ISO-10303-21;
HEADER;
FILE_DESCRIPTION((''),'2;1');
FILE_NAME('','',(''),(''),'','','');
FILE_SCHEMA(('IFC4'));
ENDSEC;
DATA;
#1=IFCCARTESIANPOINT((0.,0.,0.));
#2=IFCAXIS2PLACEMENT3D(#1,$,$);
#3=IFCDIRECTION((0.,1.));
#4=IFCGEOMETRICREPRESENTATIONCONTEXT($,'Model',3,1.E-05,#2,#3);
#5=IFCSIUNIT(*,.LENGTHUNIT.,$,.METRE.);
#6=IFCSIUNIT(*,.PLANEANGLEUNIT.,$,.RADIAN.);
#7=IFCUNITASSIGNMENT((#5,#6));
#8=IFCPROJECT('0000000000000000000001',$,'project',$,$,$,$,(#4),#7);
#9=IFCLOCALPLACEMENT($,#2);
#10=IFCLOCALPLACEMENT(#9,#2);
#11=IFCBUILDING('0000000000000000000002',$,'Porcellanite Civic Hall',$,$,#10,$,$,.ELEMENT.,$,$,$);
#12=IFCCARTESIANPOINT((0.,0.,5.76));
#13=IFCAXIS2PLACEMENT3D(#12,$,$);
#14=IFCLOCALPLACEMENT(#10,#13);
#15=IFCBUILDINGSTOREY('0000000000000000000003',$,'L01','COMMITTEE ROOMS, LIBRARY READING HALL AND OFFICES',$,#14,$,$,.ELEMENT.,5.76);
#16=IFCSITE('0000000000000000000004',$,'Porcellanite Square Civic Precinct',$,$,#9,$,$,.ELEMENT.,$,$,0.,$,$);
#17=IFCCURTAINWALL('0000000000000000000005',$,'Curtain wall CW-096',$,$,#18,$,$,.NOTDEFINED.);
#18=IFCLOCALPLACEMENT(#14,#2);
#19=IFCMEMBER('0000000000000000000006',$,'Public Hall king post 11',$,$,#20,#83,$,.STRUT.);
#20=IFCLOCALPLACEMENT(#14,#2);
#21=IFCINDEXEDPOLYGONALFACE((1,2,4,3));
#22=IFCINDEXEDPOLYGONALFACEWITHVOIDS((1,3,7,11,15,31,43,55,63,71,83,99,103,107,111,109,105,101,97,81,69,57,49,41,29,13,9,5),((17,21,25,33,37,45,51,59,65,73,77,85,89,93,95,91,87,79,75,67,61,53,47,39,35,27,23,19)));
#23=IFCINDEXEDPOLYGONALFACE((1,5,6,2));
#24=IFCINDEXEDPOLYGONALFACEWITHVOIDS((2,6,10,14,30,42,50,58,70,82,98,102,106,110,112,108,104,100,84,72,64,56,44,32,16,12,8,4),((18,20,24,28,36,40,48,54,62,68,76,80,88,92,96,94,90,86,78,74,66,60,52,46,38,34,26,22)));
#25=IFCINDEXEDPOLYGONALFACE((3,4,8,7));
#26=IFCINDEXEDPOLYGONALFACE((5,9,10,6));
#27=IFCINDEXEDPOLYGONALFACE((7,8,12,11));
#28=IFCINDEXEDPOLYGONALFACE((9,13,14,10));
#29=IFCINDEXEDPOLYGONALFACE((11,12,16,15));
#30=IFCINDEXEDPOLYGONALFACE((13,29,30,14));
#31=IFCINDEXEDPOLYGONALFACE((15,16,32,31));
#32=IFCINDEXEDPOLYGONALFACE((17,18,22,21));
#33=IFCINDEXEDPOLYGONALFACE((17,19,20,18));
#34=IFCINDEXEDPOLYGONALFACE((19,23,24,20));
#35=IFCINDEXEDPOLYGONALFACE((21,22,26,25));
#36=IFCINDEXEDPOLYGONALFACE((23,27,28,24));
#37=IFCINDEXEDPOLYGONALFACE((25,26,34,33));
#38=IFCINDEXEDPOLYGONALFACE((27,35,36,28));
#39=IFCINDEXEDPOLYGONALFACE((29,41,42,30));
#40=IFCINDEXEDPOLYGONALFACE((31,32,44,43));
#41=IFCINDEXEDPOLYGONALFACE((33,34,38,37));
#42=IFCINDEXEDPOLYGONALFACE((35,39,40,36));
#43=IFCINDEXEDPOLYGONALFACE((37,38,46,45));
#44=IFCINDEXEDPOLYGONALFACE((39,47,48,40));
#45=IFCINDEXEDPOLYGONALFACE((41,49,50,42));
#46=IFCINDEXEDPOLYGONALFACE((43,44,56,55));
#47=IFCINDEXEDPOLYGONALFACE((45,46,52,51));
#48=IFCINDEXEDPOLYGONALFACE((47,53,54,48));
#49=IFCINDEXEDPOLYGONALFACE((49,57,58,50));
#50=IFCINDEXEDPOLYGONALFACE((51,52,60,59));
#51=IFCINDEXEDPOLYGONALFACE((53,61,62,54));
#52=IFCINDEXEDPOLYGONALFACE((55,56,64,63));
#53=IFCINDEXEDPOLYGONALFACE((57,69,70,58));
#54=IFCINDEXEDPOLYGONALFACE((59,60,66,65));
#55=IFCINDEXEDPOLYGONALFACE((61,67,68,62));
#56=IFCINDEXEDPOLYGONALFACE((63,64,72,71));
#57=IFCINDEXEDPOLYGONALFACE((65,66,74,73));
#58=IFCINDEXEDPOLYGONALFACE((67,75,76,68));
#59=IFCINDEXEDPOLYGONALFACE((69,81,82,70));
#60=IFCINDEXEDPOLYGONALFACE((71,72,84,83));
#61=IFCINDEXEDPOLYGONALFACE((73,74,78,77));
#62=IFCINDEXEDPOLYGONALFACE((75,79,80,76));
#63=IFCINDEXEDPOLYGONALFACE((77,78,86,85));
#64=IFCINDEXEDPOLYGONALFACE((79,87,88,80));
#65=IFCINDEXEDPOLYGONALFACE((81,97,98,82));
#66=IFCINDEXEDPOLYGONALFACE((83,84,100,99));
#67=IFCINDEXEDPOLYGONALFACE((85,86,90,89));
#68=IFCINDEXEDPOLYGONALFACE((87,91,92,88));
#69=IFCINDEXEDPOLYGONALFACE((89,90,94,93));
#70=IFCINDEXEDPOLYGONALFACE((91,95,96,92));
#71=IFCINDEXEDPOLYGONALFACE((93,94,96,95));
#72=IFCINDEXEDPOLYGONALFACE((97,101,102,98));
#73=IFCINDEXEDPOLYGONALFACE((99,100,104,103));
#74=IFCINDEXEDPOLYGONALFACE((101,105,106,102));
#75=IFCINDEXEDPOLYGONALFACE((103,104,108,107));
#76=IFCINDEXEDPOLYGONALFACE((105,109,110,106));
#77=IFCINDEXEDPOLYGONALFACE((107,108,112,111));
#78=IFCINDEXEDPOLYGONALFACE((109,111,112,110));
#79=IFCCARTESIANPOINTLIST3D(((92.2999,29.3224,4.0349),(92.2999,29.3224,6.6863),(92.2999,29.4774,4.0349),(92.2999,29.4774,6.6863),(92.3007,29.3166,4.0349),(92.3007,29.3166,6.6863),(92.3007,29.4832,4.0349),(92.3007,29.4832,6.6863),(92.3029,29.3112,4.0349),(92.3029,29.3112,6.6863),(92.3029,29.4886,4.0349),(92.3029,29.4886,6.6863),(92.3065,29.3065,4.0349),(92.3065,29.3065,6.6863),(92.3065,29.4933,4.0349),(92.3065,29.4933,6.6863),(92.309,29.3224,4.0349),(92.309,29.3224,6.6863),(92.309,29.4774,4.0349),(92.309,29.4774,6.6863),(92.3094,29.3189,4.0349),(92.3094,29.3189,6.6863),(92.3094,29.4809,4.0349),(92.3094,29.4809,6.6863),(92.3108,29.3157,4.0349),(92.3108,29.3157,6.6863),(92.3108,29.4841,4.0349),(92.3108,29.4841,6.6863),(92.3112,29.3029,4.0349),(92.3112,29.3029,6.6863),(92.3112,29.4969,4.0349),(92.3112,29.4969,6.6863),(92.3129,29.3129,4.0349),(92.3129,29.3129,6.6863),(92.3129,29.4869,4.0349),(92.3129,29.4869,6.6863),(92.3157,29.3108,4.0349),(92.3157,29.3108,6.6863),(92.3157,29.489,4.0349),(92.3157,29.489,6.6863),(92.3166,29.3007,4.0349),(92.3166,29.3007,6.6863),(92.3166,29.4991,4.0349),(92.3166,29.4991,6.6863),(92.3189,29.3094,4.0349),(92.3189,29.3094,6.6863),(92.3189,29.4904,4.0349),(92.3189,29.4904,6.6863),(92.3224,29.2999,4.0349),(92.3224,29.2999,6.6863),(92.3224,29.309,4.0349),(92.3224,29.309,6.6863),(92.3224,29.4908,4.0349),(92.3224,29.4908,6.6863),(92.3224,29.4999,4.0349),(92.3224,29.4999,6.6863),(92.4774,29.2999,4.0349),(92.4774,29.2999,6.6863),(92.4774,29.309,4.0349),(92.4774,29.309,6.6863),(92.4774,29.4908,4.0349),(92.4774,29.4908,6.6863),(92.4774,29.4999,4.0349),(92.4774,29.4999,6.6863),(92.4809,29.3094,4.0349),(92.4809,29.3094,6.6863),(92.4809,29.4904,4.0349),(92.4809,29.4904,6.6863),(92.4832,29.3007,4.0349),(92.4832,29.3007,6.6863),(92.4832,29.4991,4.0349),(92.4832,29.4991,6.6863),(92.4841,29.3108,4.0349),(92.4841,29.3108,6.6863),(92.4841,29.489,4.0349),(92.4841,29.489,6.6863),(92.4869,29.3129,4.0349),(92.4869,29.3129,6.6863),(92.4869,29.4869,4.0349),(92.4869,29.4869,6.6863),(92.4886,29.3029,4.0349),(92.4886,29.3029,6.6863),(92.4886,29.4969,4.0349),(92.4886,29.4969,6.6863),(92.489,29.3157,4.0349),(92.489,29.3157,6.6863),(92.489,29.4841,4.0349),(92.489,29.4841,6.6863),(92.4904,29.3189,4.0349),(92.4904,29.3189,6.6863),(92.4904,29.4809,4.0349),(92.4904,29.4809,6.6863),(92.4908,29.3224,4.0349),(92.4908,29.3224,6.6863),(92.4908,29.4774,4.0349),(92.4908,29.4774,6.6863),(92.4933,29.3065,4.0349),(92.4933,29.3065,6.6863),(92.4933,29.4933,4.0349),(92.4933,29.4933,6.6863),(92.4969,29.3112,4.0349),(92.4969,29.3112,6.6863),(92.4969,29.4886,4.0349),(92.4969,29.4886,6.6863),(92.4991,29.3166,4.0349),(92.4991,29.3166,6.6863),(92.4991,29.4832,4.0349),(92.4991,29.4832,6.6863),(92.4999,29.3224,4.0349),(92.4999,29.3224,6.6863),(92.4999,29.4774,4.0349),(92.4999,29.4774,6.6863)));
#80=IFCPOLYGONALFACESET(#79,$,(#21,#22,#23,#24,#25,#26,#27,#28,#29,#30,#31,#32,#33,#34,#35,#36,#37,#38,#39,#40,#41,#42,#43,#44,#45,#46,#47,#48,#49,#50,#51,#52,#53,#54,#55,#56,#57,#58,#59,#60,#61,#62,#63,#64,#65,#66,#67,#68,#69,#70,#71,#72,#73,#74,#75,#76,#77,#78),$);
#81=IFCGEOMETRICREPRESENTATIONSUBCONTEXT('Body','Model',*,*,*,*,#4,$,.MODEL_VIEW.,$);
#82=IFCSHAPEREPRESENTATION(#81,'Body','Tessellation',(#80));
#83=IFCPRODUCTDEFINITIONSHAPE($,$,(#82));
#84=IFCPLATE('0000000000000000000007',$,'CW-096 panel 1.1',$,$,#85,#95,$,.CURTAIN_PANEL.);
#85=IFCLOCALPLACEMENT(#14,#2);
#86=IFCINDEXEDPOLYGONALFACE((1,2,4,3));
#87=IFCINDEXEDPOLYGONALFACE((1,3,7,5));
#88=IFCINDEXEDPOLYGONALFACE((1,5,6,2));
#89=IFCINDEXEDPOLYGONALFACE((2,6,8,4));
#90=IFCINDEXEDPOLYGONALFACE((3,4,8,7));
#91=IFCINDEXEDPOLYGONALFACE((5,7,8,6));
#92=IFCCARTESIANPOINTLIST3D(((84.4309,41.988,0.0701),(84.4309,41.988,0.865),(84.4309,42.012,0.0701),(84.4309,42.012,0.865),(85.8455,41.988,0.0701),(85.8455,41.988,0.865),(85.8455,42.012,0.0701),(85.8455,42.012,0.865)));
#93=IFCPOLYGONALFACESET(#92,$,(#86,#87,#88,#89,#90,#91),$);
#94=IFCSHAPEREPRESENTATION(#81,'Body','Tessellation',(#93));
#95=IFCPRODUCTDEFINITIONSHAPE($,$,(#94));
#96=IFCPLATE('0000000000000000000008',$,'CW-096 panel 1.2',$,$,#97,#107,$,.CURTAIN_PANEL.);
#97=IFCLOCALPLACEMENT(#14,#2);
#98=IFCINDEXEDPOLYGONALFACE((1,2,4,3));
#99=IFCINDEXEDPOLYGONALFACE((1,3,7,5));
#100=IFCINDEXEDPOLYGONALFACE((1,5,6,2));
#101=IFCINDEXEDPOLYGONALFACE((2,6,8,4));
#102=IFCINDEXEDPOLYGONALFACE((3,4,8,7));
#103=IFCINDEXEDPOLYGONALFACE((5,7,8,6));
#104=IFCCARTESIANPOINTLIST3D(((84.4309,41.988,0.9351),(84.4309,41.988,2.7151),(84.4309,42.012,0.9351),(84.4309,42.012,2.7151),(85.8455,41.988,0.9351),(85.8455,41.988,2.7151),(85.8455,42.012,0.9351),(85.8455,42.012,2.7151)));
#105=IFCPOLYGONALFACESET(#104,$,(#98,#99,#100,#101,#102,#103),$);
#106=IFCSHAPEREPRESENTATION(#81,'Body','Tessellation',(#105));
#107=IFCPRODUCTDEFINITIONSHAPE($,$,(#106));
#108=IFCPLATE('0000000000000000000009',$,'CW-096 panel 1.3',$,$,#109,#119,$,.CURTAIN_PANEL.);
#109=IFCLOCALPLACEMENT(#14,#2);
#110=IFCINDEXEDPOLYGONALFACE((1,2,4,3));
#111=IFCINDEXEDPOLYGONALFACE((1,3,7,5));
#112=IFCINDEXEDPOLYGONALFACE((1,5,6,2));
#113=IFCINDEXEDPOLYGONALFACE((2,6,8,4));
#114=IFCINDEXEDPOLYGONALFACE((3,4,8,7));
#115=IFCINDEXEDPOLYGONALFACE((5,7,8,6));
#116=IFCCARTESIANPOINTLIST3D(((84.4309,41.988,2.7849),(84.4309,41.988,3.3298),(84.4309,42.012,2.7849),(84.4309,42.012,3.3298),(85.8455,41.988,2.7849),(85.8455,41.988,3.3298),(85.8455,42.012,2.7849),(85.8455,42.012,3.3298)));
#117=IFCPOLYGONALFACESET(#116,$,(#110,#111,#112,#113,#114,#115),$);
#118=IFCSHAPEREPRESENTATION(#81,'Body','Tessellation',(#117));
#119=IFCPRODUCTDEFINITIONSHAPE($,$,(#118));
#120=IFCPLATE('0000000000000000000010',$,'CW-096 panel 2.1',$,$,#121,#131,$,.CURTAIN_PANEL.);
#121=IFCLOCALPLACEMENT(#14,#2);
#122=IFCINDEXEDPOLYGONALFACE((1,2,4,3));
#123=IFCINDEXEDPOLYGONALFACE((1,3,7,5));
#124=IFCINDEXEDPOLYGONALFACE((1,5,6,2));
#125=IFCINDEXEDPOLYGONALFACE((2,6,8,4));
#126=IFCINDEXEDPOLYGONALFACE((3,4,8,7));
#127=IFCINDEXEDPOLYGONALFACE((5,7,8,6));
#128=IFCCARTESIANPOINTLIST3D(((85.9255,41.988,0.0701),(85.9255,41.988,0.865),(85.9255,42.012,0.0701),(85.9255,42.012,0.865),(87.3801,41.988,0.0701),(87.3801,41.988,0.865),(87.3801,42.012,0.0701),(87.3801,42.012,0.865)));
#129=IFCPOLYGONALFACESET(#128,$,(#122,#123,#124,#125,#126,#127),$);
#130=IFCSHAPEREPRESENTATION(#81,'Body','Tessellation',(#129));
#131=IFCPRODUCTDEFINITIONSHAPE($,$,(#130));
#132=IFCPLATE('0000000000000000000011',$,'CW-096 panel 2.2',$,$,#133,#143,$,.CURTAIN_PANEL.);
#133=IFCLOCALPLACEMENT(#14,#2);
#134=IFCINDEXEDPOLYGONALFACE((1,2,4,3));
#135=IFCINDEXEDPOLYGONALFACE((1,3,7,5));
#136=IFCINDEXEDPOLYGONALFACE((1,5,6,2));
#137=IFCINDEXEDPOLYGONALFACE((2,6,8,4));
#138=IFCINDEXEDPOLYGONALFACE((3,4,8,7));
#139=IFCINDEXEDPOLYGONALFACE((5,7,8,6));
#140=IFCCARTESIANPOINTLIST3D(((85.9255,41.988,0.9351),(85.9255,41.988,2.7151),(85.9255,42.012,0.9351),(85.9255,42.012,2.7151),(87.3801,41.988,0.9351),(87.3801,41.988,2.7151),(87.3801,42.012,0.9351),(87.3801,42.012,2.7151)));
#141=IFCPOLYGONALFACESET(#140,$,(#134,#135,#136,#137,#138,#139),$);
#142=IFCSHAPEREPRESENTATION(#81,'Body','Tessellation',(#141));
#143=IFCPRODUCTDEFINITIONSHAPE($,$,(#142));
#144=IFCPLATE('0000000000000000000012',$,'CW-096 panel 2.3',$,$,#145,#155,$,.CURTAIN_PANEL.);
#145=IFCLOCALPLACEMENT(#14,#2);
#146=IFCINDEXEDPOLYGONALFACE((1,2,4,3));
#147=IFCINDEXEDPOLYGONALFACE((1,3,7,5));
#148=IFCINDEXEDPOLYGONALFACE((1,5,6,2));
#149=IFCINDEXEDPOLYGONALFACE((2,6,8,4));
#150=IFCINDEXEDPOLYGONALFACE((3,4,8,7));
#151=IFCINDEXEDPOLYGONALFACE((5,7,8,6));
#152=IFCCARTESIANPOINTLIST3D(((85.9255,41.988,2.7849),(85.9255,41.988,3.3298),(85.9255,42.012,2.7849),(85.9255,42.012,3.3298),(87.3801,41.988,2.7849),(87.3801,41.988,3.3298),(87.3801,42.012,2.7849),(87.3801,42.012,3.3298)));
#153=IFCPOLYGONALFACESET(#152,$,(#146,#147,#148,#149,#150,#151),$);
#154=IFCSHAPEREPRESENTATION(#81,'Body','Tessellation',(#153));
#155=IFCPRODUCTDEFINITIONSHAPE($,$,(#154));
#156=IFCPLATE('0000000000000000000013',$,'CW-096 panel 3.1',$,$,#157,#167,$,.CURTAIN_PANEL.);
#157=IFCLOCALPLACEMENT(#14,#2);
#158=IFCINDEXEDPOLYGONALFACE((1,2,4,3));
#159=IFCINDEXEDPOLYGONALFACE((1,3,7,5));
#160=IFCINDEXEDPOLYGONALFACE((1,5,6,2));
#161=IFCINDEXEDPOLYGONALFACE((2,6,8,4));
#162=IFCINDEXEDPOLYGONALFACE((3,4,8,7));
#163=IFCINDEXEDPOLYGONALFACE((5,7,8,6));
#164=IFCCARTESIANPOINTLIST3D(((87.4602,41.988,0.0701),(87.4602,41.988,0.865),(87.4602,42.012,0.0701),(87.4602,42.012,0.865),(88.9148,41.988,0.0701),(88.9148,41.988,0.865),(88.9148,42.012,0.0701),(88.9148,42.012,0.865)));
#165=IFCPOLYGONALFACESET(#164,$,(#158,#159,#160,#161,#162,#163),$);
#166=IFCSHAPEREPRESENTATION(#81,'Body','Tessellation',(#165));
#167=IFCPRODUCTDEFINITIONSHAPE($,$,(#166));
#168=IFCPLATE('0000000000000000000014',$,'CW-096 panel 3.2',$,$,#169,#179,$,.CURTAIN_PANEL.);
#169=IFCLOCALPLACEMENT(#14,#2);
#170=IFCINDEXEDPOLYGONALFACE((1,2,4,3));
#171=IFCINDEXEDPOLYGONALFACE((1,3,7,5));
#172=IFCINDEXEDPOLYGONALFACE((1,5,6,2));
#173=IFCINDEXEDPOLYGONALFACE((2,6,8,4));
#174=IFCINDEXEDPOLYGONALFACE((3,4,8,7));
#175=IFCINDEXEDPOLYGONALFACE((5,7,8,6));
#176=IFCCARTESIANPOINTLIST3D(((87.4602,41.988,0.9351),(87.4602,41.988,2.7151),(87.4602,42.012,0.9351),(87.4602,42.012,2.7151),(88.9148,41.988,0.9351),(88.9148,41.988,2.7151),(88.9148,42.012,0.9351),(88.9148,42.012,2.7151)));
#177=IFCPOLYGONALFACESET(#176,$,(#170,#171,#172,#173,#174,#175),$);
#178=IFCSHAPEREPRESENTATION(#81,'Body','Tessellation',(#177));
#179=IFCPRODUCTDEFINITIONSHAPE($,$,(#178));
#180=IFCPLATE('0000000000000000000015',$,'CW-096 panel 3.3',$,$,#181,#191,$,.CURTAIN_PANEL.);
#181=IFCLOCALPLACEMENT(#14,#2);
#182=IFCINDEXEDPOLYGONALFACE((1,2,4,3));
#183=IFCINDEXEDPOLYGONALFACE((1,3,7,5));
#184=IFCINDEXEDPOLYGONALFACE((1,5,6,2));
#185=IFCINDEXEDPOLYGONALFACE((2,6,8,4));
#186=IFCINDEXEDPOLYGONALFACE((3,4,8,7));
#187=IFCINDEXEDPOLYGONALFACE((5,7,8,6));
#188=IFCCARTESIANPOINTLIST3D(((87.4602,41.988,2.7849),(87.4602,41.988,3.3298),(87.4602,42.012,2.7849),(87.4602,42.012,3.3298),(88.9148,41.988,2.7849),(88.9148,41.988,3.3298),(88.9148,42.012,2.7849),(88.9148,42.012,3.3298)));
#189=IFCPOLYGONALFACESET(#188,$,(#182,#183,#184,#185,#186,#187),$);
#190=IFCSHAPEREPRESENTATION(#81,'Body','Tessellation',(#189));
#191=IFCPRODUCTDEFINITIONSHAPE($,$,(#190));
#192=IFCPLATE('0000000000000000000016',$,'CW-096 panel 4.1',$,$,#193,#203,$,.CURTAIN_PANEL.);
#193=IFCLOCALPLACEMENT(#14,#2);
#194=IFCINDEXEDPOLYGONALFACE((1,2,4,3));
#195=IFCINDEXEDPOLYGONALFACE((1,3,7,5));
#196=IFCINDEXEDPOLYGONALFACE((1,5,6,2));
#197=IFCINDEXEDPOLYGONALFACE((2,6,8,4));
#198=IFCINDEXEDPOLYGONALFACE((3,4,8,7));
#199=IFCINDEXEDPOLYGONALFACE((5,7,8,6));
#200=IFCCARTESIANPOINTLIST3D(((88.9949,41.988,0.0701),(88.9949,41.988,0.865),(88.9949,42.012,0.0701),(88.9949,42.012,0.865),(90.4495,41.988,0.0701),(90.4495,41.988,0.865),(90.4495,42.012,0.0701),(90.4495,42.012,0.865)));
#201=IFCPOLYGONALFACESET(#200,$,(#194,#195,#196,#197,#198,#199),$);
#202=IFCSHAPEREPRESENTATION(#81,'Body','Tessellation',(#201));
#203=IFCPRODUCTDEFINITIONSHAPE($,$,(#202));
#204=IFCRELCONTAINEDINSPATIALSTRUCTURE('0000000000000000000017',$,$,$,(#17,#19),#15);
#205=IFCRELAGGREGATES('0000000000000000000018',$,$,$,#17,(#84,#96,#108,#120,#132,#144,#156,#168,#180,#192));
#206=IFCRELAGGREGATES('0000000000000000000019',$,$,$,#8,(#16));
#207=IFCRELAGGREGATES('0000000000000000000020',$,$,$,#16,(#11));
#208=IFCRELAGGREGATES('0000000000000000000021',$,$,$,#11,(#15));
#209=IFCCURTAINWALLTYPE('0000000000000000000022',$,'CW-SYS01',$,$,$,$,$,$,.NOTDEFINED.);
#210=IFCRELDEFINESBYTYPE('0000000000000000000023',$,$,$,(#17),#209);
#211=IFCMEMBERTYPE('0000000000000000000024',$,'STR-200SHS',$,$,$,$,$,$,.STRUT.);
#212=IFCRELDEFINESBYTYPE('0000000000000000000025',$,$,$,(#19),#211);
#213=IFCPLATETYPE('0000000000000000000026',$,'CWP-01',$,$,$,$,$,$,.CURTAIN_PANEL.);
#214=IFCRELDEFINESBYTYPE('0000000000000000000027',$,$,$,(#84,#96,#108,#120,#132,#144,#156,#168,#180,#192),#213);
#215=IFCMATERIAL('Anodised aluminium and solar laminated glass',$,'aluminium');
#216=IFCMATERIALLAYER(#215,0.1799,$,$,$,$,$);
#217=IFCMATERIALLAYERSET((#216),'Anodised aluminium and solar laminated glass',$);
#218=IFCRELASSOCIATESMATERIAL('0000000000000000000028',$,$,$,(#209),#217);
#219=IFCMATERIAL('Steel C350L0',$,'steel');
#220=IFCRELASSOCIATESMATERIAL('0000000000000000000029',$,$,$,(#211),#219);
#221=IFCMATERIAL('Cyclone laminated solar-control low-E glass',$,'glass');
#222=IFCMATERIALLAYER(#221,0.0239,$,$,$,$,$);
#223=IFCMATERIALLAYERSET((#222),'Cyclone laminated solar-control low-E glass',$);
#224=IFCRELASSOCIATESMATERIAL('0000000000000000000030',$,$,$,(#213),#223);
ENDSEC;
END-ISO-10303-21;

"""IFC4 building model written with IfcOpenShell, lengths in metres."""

from ifc_helpers import new_model, si_unit, direction, frame, origin, origin_2d, place, context, subcontext, project, spatial, rectangle, hollow_rectangle, extrude, material, layer, layer_set, material_profile, profile_set, type_object, element, aggregate, save


model = new_model("IFC4")

# Units and contexts
model_context = context("Model", 3, precision=1e-05, world=origin(), true_north=direction((0.0, 1.0)))
body_context = subcontext(model_context, "Body", "Model", "MODEL_VIEW")
ifc_project = project(units=[si_unit("LENGTHUNIT", "METRE"), si_unit("PLANEANGLEUNIT", "RADIAN")], contexts=[model_context])

# Site, building, storey
site_placement = place(None, origin())
site = spatial("IfcSite", under=ifc_project, at=site_placement, Name="Porcellanite Square Civic Precinct", CompositionType="ELEMENT", RefElevation=0.0)
building_placement = place(site_placement, origin())
building = spatial("IfcBuilding", under=site, at=building_placement, Name="Porcellanite Civic Hall", CompositionType="ELEMENT")
storey_placement = place(building_placement, frame((0.0, 0.0, 5.76)))
storey = spatial("IfcBuildingStorey", under=building, at=storey_placement, Name="L01", Description="COMMITTEE ROOMS, LIBRARY READING HALL AND OFFICES", CompositionType="ELEMENT", Elevation=5.76)

# Curtain wall
ifc_material_1 = material(Name="Anodised aluminium and solar laminated glass", Category="aluminium")
ifc_layer_1 = layer(ifc_material_1, 0.1799)
ifc_layer_set_1 = layer_set([ifc_layer_1], Name="Anodised aluminium and solar laminated glass")
curtain_wall_type = type_object("IfcCurtainWallType", Name="CW-SYS01", PredefinedType="NOTDEFINED", material=ifc_layer_set_1)
curtain_wall_placement = place(storey_placement, origin())
curtain_wall = element("IfcCurtainWall", 1, at=curtain_wall_placement, inside=storey, type_object=curtain_wall_type, Name="Curtain wall CW-096", PredefinedType="NOTDEFINED")

# Member
ifc_material_2 = material(Name="Steel C350L0", Category="steel")
ifc_material_profile_1 = material_profile(ifc_material_2, hollow_rectangle(XDim=0.2, YDim=0.2, WallThickness=0.009, InnerFilletRadius=0.0134, OuterFilletRadius=0.0225, at=origin_2d()), Name="200x200x9.0SHS")
ifc_profile_set_1 = profile_set([ifc_material_profile_1], Name="Steel C350L0")
member_type_1 = type_object("IfcMemberType", Name="STR-200SHS", PredefinedType="STRUT", material=ifc_profile_set_1)
member_1_placement = place(storey_placement, frame((92.3999, 29.3999, 4.0349), z_axis=(0.0, 0.0, 1.0), x_axis=(1.0, 0.0, 0.0)))
element("IfcMember", 2, at=member_1_placement, inside=storey, type_object=member_type_1, Name="Public Hall king post 11", PredefinedType="STRUT", context=body_context, shape_type="SweptSolid", body=[
    extrude(hollow_rectangle(XDim=0.2, YDim=0.2, WallThickness=0.009, InnerFilletRadius=0.0134, OuterFilletRadius=0.0225, at=origin_2d()), origin(), (0.0, 0.0, 1.0), 2.6514),
])

# Plates
ifc_material_3 = material(Name="Cyclone laminated solar-control low-E glass", Category="glass")
ifc_layer_2 = layer(ifc_material_3, 0.0239)
ifc_layer_set_2 = layer_set([ifc_layer_2], Name="Cyclone laminated solar-control low-E glass")
plate_type = type_object("IfcPlateType", Name="CWP-01", PredefinedType="CURTAIN_PANEL", material=ifc_layer_set_2)
plate_1_placement = place(storey_placement, frame((85.1382, 42.0, 0.0701), z_axis=(0.0, 0.0, 1.0), x_axis=(1.0, 0.0, 0.0)))
plate_1 = element("IfcPlate", 3, at=plate_1_placement, type_object=plate_type, Name="CW-096 panel 1.1", PredefinedType="CURTAIN_PANEL", context=body_context, shape_type="SweptSolid", body=[
    extrude(rectangle(XDim=1.4146, YDim=0.0239, at=origin_2d()), origin(), (0.0, 0.0, 1.0), 0.7949),
])
plate_2_placement = place(storey_placement, frame((85.1382, 42.0, 0.9351), z_axis=(0.0, 0.0, 1.0), x_axis=(1.0, 0.0, 0.0)))
plate_2 = element("IfcPlate", 4, at=plate_2_placement, type_object=plate_type, Name="CW-096 panel 1.2", PredefinedType="CURTAIN_PANEL", context=body_context, shape_type="SweptSolid", body=[
    extrude(rectangle(XDim=1.4146, YDim=0.0239, at=origin_2d()), origin(), (0.0, 0.0, 1.0), 1.78),
])
plate_3_placement = place(storey_placement, frame((85.1382, 42.0, 2.7849), z_axis=(0.0, 0.0, 1.0), x_axis=(1.0, 0.0, 0.0)))
plate_3 = element("IfcPlate", 5, at=plate_3_placement, type_object=plate_type, Name="CW-096 panel 1.3", PredefinedType="CURTAIN_PANEL", context=body_context, shape_type="SweptSolid", body=[
    extrude(rectangle(XDim=1.4146, YDim=0.0239, at=origin_2d()), origin(), (0.0, 0.0, 1.0), 0.5449),
])
plate_4_placement = place(storey_placement, frame((86.6528, 42.0, 0.0701), z_axis=(0.0, 0.0, 1.0), x_axis=(1.0, 0.0, 0.0)))
plate_4 = element("IfcPlate", 6, at=plate_4_placement, type_object=plate_type, Name="CW-096 panel 2.1", PredefinedType="CURTAIN_PANEL", context=body_context, shape_type="SweptSolid", body=[
    extrude(rectangle(XDim=1.4546, YDim=0.0239, at=origin_2d()), origin(), (0.0, 0.0, 1.0), 0.7949),
])
plate_5_placement = place(storey_placement, frame((86.6528, 42.0, 0.9351), z_axis=(0.0, 0.0, 1.0), x_axis=(1.0, 0.0, 0.0)))
plate_5 = element("IfcPlate", 7, at=plate_5_placement, type_object=plate_type, Name="CW-096 panel 2.2", PredefinedType="CURTAIN_PANEL", context=body_context, shape_type="SweptSolid", body=[
    extrude(rectangle(XDim=1.4546, YDim=0.0239, at=origin_2d()), origin(), (0.0, 0.0, 1.0), 1.78),
])
plate_6_placement = place(storey_placement, frame((86.6528, 42.0, 2.7849), z_axis=(0.0, 0.0, 1.0), x_axis=(1.0, 0.0, 0.0)))
plate_6 = element("IfcPlate", 8, at=plate_6_placement, type_object=plate_type, Name="CW-096 panel 2.3", PredefinedType="CURTAIN_PANEL", context=body_context, shape_type="SweptSolid", body=[
    extrude(rectangle(XDim=1.4546, YDim=0.0239, at=origin_2d()), origin(), (0.0, 0.0, 1.0), 0.5449),
])
plate_7_placement = place(storey_placement, frame((88.1875, 42.0, 0.0701), z_axis=(0.0, 0.0, 1.0), x_axis=(1.0, 0.0, 0.0)))
plate_7 = element("IfcPlate", 9, at=plate_7_placement, type_object=plate_type, Name="CW-096 panel 3.1", PredefinedType="CURTAIN_PANEL", context=body_context, shape_type="SweptSolid", body=[
    extrude(rectangle(XDim=1.4546, YDim=0.0239, at=origin_2d()), origin(), (0.0, 0.0, 1.0), 0.7949),
])
plate_8_placement = place(storey_placement, frame((88.1875, 42.0, 0.9351), z_axis=(0.0, 0.0, 1.0), x_axis=(1.0, 0.0, 0.0)))
plate_8 = element("IfcPlate", 10, at=plate_8_placement, type_object=plate_type, Name="CW-096 panel 3.2", PredefinedType="CURTAIN_PANEL", context=body_context, shape_type="SweptSolid", body=[
    extrude(rectangle(XDim=1.4546, YDim=0.0239, at=origin_2d()), origin(), (0.0, 0.0, 1.0), 1.78),
])
plate_9_placement = place(storey_placement, frame((88.1875, 42.0, 2.7849), z_axis=(0.0, 0.0, 1.0), x_axis=(1.0, 0.0, 0.0)))
plate_9 = element("IfcPlate", 11, at=plate_9_placement, type_object=plate_type, Name="CW-096 panel 3.3", PredefinedType="CURTAIN_PANEL", context=body_context, shape_type="SweptSolid", body=[
    extrude(rectangle(XDim=1.4546, YDim=0.0239, at=origin_2d()), origin(), (0.0, 0.0, 1.0), 0.5449),
])
plate_10_placement = place(storey_placement, frame((89.7222, 42.0, 0.0701), z_axis=(0.0, 0.0, 1.0), x_axis=(1.0, 0.0, 0.0)))
plate_10 = element("IfcPlate", 12, at=plate_10_placement, type_object=plate_type, Name="CW-096 panel 4.1", PredefinedType="CURTAIN_PANEL", context=body_context, shape_type="SweptSolid", body=[
    extrude(rectangle(XDim=1.4546, YDim=0.0239, at=origin_2d()), origin(), (0.0, 0.0, 1.0), 0.7949),
])
aggregate(curtain_wall, [plate_1, plate_2, plate_3, plate_4, plate_5, plate_6, plate_7, plate_8, plate_9, plate_10])

save(model, "model.ifc")
